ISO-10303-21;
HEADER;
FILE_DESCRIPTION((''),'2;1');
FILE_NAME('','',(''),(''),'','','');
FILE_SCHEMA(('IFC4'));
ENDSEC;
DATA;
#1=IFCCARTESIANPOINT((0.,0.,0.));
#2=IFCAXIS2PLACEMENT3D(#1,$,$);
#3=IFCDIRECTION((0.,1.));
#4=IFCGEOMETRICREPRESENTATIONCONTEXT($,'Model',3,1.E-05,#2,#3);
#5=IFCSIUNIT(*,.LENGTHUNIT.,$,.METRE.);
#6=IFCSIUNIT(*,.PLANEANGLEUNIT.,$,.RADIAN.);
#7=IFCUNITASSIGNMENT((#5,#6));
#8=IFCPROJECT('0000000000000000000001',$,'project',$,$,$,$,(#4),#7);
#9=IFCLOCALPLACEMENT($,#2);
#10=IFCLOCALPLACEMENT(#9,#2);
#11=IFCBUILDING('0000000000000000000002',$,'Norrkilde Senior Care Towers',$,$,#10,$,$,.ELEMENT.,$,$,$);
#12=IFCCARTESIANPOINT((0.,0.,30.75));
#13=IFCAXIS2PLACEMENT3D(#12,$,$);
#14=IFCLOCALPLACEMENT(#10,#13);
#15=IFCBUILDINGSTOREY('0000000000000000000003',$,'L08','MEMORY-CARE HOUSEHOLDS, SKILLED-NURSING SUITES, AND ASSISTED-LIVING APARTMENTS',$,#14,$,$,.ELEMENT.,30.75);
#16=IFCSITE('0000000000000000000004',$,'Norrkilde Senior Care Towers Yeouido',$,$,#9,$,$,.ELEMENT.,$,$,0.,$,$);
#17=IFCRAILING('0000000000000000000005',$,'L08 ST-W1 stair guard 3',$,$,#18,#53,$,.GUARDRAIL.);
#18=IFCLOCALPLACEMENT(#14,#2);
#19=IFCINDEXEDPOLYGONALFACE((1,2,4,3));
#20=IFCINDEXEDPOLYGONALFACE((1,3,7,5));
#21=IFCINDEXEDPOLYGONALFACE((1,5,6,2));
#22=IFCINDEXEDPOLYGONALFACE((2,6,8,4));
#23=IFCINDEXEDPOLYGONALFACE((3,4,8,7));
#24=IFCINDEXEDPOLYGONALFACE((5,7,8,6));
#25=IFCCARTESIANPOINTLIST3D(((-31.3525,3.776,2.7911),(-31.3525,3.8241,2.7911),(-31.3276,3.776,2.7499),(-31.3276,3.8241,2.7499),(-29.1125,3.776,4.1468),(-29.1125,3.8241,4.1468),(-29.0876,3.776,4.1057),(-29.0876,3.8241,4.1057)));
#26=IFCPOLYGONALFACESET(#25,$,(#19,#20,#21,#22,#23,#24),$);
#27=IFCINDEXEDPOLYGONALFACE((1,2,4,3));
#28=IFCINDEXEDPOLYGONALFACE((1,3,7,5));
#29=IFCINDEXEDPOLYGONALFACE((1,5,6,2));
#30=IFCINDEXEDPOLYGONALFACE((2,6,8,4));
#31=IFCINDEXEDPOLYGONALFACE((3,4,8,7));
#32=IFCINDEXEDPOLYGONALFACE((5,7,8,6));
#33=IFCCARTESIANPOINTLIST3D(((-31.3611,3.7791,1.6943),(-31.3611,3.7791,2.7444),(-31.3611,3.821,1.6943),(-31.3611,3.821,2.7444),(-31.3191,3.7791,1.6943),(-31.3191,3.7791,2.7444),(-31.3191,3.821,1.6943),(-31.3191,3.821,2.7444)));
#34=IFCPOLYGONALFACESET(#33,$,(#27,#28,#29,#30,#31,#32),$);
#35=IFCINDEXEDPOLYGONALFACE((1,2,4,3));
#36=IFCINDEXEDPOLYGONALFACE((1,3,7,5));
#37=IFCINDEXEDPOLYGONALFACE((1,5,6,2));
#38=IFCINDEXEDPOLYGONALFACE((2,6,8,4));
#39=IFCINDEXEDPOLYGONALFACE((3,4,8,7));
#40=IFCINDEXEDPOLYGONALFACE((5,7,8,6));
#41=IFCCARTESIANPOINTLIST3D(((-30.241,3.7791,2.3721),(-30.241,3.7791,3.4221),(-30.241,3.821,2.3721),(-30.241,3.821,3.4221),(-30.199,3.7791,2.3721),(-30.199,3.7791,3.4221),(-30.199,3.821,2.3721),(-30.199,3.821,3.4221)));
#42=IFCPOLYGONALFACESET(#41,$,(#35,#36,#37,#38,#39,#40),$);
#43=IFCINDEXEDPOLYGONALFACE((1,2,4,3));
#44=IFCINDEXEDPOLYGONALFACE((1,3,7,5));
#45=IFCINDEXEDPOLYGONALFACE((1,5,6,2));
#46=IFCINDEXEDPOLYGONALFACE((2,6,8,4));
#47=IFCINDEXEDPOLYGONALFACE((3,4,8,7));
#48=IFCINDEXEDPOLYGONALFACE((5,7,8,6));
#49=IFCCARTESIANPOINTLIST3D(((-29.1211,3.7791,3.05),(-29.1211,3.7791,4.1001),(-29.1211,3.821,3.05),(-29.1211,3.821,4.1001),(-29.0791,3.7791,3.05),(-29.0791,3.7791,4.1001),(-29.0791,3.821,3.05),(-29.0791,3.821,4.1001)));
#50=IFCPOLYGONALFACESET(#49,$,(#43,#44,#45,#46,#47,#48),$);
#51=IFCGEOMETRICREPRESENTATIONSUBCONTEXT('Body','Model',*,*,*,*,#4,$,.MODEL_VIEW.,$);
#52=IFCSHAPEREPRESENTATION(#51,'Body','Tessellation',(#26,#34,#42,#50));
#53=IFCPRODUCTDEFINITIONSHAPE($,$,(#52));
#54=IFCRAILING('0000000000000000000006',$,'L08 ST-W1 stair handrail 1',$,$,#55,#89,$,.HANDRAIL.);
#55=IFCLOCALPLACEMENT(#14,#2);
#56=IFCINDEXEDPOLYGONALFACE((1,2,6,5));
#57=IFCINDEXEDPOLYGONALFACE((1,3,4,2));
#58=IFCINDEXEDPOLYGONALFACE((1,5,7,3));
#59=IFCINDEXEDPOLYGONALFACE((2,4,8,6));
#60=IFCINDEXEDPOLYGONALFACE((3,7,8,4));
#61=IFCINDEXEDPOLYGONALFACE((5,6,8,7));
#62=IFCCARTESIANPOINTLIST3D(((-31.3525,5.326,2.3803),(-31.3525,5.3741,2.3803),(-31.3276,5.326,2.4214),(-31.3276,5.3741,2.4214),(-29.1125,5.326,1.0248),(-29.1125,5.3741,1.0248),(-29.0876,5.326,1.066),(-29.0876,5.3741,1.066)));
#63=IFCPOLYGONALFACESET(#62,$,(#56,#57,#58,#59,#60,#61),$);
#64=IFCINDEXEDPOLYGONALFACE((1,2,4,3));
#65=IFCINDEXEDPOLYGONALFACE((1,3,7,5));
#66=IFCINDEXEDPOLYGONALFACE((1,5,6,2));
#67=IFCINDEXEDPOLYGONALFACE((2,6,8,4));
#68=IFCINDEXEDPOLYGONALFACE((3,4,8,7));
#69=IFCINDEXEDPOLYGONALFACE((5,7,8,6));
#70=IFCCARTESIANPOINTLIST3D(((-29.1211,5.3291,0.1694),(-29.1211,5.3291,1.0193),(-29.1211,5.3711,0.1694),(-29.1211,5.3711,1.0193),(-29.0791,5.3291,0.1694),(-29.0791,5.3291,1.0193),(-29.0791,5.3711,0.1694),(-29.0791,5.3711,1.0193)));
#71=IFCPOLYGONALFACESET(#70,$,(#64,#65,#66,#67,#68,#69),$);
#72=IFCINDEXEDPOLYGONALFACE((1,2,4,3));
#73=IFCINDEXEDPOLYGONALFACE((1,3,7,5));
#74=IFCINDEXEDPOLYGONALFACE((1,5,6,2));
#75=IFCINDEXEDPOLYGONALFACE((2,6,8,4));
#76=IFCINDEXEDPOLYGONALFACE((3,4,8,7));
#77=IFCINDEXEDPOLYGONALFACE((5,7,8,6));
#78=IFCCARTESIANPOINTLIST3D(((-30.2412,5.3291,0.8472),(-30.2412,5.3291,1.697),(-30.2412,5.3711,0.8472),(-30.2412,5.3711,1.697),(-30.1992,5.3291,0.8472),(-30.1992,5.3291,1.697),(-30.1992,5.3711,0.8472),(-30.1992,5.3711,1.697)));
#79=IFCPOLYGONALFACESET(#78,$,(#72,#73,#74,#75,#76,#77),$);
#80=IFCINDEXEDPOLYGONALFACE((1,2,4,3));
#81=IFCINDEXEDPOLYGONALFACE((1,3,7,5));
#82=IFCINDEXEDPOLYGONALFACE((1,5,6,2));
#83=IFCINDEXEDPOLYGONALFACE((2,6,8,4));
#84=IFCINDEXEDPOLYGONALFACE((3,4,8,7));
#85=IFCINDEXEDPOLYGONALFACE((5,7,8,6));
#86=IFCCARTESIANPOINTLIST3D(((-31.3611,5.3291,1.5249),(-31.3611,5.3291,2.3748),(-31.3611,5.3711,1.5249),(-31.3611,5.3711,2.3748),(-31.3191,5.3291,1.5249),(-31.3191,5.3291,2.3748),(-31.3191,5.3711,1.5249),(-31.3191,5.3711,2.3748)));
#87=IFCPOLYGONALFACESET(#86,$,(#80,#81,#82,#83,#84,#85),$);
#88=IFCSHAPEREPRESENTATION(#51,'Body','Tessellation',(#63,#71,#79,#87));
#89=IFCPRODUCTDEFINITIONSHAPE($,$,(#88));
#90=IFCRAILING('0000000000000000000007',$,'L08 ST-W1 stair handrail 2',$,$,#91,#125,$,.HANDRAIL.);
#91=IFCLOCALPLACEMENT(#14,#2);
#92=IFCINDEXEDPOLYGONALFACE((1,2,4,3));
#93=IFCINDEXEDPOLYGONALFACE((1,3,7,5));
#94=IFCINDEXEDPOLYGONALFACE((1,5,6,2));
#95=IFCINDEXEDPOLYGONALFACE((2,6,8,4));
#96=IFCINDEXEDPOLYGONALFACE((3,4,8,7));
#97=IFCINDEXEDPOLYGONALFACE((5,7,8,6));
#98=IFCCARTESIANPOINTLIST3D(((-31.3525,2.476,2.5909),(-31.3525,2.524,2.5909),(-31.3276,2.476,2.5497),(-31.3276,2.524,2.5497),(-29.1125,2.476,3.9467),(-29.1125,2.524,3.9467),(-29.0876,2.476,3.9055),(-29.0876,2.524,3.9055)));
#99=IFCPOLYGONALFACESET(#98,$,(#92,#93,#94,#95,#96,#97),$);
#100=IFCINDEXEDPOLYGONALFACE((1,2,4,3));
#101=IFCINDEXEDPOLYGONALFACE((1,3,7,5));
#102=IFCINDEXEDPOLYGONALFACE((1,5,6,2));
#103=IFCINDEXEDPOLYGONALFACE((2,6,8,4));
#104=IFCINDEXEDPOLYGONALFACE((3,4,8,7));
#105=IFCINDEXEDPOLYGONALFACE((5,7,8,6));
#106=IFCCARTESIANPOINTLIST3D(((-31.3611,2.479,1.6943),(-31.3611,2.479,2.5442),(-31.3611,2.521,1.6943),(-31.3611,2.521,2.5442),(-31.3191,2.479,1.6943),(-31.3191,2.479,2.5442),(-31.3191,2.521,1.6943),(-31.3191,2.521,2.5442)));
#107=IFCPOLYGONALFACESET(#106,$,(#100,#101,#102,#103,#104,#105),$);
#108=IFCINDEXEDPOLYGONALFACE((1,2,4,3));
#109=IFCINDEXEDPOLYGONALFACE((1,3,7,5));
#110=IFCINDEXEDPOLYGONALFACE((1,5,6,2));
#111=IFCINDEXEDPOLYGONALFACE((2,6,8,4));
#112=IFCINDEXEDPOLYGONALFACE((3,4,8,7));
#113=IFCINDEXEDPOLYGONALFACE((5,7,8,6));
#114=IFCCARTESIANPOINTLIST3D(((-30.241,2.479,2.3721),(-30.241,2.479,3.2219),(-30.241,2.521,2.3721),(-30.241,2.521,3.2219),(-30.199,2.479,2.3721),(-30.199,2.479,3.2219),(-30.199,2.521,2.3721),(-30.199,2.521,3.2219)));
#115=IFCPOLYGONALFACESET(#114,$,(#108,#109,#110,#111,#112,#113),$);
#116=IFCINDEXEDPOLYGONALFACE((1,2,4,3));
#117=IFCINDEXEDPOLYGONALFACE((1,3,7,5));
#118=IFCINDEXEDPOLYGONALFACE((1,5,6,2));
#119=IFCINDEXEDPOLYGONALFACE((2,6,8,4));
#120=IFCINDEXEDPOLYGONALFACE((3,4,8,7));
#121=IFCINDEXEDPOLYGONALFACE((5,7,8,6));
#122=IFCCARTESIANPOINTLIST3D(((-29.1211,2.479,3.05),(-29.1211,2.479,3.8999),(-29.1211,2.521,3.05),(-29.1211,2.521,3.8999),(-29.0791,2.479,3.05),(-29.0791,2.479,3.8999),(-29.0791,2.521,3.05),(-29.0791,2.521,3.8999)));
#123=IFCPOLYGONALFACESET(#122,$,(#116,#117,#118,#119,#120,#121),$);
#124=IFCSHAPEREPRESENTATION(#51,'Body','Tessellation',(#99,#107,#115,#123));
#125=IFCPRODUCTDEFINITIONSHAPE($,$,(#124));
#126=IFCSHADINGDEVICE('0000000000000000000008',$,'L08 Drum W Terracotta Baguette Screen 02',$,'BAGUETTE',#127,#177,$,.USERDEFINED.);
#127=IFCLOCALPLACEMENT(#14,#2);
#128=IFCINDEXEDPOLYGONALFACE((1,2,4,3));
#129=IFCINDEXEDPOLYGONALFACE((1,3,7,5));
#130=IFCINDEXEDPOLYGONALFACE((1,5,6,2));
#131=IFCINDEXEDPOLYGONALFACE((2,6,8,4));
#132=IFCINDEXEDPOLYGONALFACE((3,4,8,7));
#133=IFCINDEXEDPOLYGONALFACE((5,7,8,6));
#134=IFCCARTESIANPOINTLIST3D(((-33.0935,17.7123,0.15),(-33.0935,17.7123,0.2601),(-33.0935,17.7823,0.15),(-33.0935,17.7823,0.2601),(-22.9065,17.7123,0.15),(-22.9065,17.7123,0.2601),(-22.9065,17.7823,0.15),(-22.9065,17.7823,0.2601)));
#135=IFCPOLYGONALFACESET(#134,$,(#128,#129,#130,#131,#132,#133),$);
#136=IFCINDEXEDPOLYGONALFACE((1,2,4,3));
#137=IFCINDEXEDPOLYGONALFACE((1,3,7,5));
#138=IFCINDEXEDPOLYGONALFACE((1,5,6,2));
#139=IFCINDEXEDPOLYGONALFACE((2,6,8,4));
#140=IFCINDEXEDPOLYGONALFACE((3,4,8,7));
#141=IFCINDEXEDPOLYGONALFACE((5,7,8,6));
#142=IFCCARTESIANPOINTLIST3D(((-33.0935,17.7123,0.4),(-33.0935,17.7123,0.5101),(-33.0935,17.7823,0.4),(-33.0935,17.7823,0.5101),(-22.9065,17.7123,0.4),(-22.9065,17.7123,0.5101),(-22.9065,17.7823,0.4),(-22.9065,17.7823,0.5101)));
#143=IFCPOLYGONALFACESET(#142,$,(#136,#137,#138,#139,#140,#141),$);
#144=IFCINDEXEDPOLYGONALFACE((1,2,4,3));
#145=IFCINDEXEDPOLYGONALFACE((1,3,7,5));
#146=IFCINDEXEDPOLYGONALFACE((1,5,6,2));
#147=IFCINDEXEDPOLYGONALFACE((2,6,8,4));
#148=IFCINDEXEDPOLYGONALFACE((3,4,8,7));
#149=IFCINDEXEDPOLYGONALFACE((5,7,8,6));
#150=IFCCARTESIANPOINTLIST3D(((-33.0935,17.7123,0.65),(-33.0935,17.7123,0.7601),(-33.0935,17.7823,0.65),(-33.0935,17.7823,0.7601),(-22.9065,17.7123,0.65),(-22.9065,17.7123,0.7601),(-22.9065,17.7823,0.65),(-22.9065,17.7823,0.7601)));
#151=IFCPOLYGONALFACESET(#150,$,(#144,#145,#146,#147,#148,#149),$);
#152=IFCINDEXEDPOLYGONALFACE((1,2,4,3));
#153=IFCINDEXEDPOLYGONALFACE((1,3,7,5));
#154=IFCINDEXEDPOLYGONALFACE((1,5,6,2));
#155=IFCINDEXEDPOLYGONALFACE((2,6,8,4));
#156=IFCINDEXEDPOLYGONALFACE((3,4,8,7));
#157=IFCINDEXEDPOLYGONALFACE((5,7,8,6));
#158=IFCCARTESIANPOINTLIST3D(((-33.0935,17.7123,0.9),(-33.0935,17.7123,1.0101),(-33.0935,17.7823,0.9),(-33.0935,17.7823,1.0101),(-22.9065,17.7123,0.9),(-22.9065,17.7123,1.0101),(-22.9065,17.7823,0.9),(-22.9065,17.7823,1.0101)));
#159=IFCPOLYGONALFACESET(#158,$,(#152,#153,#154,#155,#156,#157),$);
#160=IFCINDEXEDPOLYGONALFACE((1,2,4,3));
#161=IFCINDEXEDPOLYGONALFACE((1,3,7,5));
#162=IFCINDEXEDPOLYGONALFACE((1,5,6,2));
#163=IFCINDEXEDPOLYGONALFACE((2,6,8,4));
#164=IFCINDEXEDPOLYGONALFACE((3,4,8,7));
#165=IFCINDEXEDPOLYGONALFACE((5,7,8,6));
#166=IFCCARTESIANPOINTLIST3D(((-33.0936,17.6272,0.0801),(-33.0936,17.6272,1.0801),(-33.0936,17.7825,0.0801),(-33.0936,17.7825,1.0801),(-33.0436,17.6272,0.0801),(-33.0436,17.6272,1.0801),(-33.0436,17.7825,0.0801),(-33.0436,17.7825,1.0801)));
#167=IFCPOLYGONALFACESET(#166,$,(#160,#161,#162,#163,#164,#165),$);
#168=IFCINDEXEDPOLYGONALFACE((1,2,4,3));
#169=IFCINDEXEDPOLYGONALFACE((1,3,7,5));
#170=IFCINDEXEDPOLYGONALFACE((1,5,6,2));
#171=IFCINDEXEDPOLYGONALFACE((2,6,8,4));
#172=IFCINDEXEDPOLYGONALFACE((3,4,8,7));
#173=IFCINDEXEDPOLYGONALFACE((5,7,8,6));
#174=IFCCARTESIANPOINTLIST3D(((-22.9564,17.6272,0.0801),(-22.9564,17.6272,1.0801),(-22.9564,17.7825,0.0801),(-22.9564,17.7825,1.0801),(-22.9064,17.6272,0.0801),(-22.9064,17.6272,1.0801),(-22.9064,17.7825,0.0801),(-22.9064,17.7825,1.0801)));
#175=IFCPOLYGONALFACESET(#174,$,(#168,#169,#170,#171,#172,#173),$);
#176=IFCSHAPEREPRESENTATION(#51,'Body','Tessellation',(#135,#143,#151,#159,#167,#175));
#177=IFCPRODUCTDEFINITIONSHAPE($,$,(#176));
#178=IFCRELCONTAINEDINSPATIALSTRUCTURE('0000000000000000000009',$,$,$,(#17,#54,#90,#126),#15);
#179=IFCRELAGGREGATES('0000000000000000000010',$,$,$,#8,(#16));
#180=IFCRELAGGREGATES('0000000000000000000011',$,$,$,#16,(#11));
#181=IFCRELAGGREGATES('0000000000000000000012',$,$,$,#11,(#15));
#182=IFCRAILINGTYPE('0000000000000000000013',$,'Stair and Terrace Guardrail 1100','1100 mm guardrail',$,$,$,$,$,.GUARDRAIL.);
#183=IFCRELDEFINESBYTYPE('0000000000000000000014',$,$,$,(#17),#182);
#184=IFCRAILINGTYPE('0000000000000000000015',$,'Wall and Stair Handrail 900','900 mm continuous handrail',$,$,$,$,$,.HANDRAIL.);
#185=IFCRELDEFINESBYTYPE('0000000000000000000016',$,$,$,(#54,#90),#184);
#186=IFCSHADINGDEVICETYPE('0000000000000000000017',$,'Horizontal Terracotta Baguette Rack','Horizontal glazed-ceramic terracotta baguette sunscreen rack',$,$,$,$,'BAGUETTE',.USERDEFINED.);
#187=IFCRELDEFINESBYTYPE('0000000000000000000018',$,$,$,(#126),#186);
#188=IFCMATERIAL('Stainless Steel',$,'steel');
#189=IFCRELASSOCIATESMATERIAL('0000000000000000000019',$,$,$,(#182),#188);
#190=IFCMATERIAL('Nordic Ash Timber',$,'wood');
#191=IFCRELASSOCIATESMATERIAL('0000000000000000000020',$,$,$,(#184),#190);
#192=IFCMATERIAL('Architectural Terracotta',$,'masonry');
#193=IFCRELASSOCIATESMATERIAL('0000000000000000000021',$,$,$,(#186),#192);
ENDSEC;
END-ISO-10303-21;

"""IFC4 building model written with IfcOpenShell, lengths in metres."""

from ifc_helpers import new_model, si_unit, direction, frame, origin, origin_2d, place, context, subcontext, project, spatial, rectangle, extrude, source, transform, mapped, material, type_object, type_shapes, element, save


model = new_model("IFC4")

# Units and contexts
model_context = context("Model", 3, precision=1e-05, world=origin(), true_north=direction((0.0, 1.0)))
body_context = subcontext(model_context, "Body", "Model", "MODEL_VIEW")
ifc_project = project(units=[si_unit("LENGTHUNIT", "METRE"), si_unit("PLANEANGLEUNIT", "RADIAN")], contexts=[model_context])

# Site, building, storey
site_placement = place(None, origin())
site = spatial("IfcSite", under=ifc_project, at=site_placement, Name="Norrkilde Senior Care Towers Yeouido", CompositionType="ELEMENT", RefElevation=0.0)
building_placement = place(site_placement, origin())
building = spatial("IfcBuilding", under=site, at=building_placement, Name="Norrkilde Senior Care Towers", CompositionType="ELEMENT")
storey_placement = place(building_placement, frame((0.0, 0.0, 30.75)))
storey = spatial("IfcBuildingStorey", under=building, at=storey_placement, Name="L08", Description="MEMORY-CARE HOUSEHOLDS, SKILLED-NURSING SUITES, AND ASSISTED-LIVING APARTMENTS", CompositionType="ELEMENT", Elevation=30.75)

# Shared definitions
ifc_material_1 = material(Name="Stainless Steel", Category="steel")

# Shared definitions
ifc_material_2 = material(Name="Nordic Ash Timber", Category="wood")

# Railings
railing_type_1 = type_object("IfcRailingType", Name="Stair and Terrace Guardrail 1100", Description="1100 mm guardrail", PredefinedType="GUARDRAIL", material=ifc_material_1)
railing_1_placement = place(storey_placement, frame((-31.3401, 3.8, 1.6943)))
element("IfcRailing", 1, at=railing_1_placement, inside=storey, type_object=railing_type_1, Name="L08 ST-W1 stair guard 3", PredefinedType="GUARDRAIL", context=body_context, shape_type="SweptSolid", body=[
    extrude(rectangle(XDim=0.0481, YDim=0.0481, at=origin_2d()), frame((0.0, 0.0, 1.0762), z_axis=(0.855512, 0.0, 0.517783), x_axis=(0.0, 1.0, 0.0)), (0.0, 0.0, 1.0), 2.6184),
    extrude(rectangle(XDim=0.042, YDim=0.042, at=origin_2d()), origin(), (0.0, 0.0, 1.0), 1.05),
    extrude(rectangle(XDim=0.042, YDim=0.042, at=origin_2d()), frame((1.1201, 0.0, 0.6777)), (0.0, 0.0, 1.0), 1.05),
    extrude(rectangle(XDim=0.042, YDim=0.042, at=origin_2d()), frame((2.24, 0.0, 1.3557)), (0.0, 0.0, 1.0), 1.05),
])
railing_type_2 = type_object("IfcRailingType", Name="Wall and Stair Handrail 900", Description="900 mm continuous handrail", PredefinedType="HANDRAIL", material=ifc_material_2)
railing_2_placement = place(storey_placement, frame((-29.1001, 5.3501, 0.1694)))
element("IfcRailing", 2, at=railing_2_placement, inside=storey, type_object=railing_type_2, Name="L08 ST-W1 stair handrail 1", PredefinedType="HANDRAIL", context=body_context, shape_type="SweptSolid", body=[
    extrude(rectangle(XDim=0.0481, YDim=0.0481, at=origin_2d()), frame((0.0, 0.0, 0.876), z_axis=(-0.855553, 0.0, 0.517715), x_axis=(0.0, -1.0, 0.0)), (0.0, 0.0, 1.0), 2.6182),
    extrude(rectangle(XDim=0.042, YDim=0.042, at=origin_2d()), origin(), (0.0, 0.0, 1.0), 0.8499),
    extrude(rectangle(XDim=0.042, YDim=0.042, at=origin_2d()), frame((-1.1201, 0.0, 0.6777)), (0.0, 0.0, 1.0), 0.8499),
    extrude(rectangle(XDim=0.042, YDim=0.042, at=origin_2d()), frame((-2.24, 0.0, 1.3555)), (0.0, 0.0, 1.0), 0.8499),
])
railing_3_placement = place(storey_placement, frame((-31.3401, 2.5, 1.6943)))
element("IfcRailing", 3, at=railing_3_placement, inside=storey, type_object=railing_type_2, Name="L08 ST-W1 stair handrail 2", PredefinedType="HANDRAIL", context=body_context, shape_type="SweptSolid", body=[
    extrude(rectangle(XDim=0.0481, YDim=0.0481, at=origin_2d()), frame((0.0, 0.0, 0.876), z_axis=(0.855512, 0.0, 0.517783), x_axis=(0.0, 1.0, 0.0)), (0.0, 0.0, 1.0), 2.6184),
    extrude(rectangle(XDim=0.042, YDim=0.042, at=origin_2d()), origin(), (0.0, 0.0, 1.0), 0.8499),
    extrude(rectangle(XDim=0.042, YDim=0.042, at=origin_2d()), frame((1.1201, 0.0, 0.6777)), (0.0, 0.0, 1.0), 0.8499),
    extrude(rectangle(XDim=0.042, YDim=0.042, at=origin_2d()), frame((2.24, 0.0, 1.3557)), (0.0, 0.0, 1.0), 0.8499),
])

# Shading device
ifc_material_3 = material(Name="Architectural Terracotta", Category="masonry")
shading_device_type = type_object("IfcShadingDeviceType", Name="Horizontal Terracotta Baguette Rack", Description="Horizontal glazed-ceramic terracotta baguette sunscreen rack", ElementType="BAGUETTE", PredefinedType="USERDEFINED", material=ifc_material_3)
shared_shape_1 = source(origin(), body_context, "Body", "SweptSolid", [
    extrude(rectangle(XDim=0.0701, YDim=0.1101, at=origin_2d()), frame((0.0, 0.0901, 0.125), z_axis=(1.0, 0.0, 0.0), x_axis=(0.0, 1.0, 0.0)), (0.0, 0.0, 1.0), 10.187),
    extrude(rectangle(XDim=0.0701, YDim=0.1101, at=origin_2d()), frame((0.0, 0.0901, 0.375), z_axis=(1.0, 0.0, 0.0), x_axis=(0.0, 1.0, 0.0)), (0.0, 0.0, 1.0), 10.187),
    extrude(rectangle(XDim=0.0701, YDim=0.1101, at=origin_2d()), frame((0.0, 0.0901, 0.625), z_axis=(1.0, 0.0, 0.0), x_axis=(0.0, 1.0, 0.0)), (0.0, 0.0, 1.0), 10.187),
    extrude(rectangle(XDim=0.0701, YDim=0.1101, at=origin_2d()), frame((0.0, 0.0901, 0.875), z_axis=(1.0, 0.0, 0.0), x_axis=(0.0, 1.0, 0.0)), (0.0, 0.0, 1.0), 10.187),
    extrude(rectangle(XDim=0.05, YDim=0.1553, at=origin_2d()), frame((0.0249, 0.0476, 0.0)), (0.0, 0.0, 1.0), 1.0),
    extrude(rectangle(XDim=0.05, YDim=0.1553, at=origin_2d()), frame((10.1621, 0.0476, 0.0)), (0.0, 0.0, 1.0), 1.0),
])
type_shapes(shading_device_type, [shared_shape_1])
shading_device_placement = place(storey_placement, frame((-33.0935, 17.6572, 0.0801), z_axis=(0.0, 0.0, 1.0), x_axis=(1.0, 0.0, 0.0)))
element("IfcShadingDevice", 4, at=shading_device_placement, inside=storey, type_object=shading_device_type, Name="L08 Drum W Terracotta Baguette Screen 02", ObjectType="BAGUETTE", PredefinedType="USERDEFINED", context=body_context, shape_type="MappedRepresentation", body=[
    mapped(shared_shape_1, transform((0.0, 0.0, 0.0), x_axis=(1.0, 0.0, 0.0), y_axis=(0.0, 1.0, 0.0), z_axis=(0.0, 0.0, 1.0), scale=1.0)),
])

save(model, "model.ifc")
